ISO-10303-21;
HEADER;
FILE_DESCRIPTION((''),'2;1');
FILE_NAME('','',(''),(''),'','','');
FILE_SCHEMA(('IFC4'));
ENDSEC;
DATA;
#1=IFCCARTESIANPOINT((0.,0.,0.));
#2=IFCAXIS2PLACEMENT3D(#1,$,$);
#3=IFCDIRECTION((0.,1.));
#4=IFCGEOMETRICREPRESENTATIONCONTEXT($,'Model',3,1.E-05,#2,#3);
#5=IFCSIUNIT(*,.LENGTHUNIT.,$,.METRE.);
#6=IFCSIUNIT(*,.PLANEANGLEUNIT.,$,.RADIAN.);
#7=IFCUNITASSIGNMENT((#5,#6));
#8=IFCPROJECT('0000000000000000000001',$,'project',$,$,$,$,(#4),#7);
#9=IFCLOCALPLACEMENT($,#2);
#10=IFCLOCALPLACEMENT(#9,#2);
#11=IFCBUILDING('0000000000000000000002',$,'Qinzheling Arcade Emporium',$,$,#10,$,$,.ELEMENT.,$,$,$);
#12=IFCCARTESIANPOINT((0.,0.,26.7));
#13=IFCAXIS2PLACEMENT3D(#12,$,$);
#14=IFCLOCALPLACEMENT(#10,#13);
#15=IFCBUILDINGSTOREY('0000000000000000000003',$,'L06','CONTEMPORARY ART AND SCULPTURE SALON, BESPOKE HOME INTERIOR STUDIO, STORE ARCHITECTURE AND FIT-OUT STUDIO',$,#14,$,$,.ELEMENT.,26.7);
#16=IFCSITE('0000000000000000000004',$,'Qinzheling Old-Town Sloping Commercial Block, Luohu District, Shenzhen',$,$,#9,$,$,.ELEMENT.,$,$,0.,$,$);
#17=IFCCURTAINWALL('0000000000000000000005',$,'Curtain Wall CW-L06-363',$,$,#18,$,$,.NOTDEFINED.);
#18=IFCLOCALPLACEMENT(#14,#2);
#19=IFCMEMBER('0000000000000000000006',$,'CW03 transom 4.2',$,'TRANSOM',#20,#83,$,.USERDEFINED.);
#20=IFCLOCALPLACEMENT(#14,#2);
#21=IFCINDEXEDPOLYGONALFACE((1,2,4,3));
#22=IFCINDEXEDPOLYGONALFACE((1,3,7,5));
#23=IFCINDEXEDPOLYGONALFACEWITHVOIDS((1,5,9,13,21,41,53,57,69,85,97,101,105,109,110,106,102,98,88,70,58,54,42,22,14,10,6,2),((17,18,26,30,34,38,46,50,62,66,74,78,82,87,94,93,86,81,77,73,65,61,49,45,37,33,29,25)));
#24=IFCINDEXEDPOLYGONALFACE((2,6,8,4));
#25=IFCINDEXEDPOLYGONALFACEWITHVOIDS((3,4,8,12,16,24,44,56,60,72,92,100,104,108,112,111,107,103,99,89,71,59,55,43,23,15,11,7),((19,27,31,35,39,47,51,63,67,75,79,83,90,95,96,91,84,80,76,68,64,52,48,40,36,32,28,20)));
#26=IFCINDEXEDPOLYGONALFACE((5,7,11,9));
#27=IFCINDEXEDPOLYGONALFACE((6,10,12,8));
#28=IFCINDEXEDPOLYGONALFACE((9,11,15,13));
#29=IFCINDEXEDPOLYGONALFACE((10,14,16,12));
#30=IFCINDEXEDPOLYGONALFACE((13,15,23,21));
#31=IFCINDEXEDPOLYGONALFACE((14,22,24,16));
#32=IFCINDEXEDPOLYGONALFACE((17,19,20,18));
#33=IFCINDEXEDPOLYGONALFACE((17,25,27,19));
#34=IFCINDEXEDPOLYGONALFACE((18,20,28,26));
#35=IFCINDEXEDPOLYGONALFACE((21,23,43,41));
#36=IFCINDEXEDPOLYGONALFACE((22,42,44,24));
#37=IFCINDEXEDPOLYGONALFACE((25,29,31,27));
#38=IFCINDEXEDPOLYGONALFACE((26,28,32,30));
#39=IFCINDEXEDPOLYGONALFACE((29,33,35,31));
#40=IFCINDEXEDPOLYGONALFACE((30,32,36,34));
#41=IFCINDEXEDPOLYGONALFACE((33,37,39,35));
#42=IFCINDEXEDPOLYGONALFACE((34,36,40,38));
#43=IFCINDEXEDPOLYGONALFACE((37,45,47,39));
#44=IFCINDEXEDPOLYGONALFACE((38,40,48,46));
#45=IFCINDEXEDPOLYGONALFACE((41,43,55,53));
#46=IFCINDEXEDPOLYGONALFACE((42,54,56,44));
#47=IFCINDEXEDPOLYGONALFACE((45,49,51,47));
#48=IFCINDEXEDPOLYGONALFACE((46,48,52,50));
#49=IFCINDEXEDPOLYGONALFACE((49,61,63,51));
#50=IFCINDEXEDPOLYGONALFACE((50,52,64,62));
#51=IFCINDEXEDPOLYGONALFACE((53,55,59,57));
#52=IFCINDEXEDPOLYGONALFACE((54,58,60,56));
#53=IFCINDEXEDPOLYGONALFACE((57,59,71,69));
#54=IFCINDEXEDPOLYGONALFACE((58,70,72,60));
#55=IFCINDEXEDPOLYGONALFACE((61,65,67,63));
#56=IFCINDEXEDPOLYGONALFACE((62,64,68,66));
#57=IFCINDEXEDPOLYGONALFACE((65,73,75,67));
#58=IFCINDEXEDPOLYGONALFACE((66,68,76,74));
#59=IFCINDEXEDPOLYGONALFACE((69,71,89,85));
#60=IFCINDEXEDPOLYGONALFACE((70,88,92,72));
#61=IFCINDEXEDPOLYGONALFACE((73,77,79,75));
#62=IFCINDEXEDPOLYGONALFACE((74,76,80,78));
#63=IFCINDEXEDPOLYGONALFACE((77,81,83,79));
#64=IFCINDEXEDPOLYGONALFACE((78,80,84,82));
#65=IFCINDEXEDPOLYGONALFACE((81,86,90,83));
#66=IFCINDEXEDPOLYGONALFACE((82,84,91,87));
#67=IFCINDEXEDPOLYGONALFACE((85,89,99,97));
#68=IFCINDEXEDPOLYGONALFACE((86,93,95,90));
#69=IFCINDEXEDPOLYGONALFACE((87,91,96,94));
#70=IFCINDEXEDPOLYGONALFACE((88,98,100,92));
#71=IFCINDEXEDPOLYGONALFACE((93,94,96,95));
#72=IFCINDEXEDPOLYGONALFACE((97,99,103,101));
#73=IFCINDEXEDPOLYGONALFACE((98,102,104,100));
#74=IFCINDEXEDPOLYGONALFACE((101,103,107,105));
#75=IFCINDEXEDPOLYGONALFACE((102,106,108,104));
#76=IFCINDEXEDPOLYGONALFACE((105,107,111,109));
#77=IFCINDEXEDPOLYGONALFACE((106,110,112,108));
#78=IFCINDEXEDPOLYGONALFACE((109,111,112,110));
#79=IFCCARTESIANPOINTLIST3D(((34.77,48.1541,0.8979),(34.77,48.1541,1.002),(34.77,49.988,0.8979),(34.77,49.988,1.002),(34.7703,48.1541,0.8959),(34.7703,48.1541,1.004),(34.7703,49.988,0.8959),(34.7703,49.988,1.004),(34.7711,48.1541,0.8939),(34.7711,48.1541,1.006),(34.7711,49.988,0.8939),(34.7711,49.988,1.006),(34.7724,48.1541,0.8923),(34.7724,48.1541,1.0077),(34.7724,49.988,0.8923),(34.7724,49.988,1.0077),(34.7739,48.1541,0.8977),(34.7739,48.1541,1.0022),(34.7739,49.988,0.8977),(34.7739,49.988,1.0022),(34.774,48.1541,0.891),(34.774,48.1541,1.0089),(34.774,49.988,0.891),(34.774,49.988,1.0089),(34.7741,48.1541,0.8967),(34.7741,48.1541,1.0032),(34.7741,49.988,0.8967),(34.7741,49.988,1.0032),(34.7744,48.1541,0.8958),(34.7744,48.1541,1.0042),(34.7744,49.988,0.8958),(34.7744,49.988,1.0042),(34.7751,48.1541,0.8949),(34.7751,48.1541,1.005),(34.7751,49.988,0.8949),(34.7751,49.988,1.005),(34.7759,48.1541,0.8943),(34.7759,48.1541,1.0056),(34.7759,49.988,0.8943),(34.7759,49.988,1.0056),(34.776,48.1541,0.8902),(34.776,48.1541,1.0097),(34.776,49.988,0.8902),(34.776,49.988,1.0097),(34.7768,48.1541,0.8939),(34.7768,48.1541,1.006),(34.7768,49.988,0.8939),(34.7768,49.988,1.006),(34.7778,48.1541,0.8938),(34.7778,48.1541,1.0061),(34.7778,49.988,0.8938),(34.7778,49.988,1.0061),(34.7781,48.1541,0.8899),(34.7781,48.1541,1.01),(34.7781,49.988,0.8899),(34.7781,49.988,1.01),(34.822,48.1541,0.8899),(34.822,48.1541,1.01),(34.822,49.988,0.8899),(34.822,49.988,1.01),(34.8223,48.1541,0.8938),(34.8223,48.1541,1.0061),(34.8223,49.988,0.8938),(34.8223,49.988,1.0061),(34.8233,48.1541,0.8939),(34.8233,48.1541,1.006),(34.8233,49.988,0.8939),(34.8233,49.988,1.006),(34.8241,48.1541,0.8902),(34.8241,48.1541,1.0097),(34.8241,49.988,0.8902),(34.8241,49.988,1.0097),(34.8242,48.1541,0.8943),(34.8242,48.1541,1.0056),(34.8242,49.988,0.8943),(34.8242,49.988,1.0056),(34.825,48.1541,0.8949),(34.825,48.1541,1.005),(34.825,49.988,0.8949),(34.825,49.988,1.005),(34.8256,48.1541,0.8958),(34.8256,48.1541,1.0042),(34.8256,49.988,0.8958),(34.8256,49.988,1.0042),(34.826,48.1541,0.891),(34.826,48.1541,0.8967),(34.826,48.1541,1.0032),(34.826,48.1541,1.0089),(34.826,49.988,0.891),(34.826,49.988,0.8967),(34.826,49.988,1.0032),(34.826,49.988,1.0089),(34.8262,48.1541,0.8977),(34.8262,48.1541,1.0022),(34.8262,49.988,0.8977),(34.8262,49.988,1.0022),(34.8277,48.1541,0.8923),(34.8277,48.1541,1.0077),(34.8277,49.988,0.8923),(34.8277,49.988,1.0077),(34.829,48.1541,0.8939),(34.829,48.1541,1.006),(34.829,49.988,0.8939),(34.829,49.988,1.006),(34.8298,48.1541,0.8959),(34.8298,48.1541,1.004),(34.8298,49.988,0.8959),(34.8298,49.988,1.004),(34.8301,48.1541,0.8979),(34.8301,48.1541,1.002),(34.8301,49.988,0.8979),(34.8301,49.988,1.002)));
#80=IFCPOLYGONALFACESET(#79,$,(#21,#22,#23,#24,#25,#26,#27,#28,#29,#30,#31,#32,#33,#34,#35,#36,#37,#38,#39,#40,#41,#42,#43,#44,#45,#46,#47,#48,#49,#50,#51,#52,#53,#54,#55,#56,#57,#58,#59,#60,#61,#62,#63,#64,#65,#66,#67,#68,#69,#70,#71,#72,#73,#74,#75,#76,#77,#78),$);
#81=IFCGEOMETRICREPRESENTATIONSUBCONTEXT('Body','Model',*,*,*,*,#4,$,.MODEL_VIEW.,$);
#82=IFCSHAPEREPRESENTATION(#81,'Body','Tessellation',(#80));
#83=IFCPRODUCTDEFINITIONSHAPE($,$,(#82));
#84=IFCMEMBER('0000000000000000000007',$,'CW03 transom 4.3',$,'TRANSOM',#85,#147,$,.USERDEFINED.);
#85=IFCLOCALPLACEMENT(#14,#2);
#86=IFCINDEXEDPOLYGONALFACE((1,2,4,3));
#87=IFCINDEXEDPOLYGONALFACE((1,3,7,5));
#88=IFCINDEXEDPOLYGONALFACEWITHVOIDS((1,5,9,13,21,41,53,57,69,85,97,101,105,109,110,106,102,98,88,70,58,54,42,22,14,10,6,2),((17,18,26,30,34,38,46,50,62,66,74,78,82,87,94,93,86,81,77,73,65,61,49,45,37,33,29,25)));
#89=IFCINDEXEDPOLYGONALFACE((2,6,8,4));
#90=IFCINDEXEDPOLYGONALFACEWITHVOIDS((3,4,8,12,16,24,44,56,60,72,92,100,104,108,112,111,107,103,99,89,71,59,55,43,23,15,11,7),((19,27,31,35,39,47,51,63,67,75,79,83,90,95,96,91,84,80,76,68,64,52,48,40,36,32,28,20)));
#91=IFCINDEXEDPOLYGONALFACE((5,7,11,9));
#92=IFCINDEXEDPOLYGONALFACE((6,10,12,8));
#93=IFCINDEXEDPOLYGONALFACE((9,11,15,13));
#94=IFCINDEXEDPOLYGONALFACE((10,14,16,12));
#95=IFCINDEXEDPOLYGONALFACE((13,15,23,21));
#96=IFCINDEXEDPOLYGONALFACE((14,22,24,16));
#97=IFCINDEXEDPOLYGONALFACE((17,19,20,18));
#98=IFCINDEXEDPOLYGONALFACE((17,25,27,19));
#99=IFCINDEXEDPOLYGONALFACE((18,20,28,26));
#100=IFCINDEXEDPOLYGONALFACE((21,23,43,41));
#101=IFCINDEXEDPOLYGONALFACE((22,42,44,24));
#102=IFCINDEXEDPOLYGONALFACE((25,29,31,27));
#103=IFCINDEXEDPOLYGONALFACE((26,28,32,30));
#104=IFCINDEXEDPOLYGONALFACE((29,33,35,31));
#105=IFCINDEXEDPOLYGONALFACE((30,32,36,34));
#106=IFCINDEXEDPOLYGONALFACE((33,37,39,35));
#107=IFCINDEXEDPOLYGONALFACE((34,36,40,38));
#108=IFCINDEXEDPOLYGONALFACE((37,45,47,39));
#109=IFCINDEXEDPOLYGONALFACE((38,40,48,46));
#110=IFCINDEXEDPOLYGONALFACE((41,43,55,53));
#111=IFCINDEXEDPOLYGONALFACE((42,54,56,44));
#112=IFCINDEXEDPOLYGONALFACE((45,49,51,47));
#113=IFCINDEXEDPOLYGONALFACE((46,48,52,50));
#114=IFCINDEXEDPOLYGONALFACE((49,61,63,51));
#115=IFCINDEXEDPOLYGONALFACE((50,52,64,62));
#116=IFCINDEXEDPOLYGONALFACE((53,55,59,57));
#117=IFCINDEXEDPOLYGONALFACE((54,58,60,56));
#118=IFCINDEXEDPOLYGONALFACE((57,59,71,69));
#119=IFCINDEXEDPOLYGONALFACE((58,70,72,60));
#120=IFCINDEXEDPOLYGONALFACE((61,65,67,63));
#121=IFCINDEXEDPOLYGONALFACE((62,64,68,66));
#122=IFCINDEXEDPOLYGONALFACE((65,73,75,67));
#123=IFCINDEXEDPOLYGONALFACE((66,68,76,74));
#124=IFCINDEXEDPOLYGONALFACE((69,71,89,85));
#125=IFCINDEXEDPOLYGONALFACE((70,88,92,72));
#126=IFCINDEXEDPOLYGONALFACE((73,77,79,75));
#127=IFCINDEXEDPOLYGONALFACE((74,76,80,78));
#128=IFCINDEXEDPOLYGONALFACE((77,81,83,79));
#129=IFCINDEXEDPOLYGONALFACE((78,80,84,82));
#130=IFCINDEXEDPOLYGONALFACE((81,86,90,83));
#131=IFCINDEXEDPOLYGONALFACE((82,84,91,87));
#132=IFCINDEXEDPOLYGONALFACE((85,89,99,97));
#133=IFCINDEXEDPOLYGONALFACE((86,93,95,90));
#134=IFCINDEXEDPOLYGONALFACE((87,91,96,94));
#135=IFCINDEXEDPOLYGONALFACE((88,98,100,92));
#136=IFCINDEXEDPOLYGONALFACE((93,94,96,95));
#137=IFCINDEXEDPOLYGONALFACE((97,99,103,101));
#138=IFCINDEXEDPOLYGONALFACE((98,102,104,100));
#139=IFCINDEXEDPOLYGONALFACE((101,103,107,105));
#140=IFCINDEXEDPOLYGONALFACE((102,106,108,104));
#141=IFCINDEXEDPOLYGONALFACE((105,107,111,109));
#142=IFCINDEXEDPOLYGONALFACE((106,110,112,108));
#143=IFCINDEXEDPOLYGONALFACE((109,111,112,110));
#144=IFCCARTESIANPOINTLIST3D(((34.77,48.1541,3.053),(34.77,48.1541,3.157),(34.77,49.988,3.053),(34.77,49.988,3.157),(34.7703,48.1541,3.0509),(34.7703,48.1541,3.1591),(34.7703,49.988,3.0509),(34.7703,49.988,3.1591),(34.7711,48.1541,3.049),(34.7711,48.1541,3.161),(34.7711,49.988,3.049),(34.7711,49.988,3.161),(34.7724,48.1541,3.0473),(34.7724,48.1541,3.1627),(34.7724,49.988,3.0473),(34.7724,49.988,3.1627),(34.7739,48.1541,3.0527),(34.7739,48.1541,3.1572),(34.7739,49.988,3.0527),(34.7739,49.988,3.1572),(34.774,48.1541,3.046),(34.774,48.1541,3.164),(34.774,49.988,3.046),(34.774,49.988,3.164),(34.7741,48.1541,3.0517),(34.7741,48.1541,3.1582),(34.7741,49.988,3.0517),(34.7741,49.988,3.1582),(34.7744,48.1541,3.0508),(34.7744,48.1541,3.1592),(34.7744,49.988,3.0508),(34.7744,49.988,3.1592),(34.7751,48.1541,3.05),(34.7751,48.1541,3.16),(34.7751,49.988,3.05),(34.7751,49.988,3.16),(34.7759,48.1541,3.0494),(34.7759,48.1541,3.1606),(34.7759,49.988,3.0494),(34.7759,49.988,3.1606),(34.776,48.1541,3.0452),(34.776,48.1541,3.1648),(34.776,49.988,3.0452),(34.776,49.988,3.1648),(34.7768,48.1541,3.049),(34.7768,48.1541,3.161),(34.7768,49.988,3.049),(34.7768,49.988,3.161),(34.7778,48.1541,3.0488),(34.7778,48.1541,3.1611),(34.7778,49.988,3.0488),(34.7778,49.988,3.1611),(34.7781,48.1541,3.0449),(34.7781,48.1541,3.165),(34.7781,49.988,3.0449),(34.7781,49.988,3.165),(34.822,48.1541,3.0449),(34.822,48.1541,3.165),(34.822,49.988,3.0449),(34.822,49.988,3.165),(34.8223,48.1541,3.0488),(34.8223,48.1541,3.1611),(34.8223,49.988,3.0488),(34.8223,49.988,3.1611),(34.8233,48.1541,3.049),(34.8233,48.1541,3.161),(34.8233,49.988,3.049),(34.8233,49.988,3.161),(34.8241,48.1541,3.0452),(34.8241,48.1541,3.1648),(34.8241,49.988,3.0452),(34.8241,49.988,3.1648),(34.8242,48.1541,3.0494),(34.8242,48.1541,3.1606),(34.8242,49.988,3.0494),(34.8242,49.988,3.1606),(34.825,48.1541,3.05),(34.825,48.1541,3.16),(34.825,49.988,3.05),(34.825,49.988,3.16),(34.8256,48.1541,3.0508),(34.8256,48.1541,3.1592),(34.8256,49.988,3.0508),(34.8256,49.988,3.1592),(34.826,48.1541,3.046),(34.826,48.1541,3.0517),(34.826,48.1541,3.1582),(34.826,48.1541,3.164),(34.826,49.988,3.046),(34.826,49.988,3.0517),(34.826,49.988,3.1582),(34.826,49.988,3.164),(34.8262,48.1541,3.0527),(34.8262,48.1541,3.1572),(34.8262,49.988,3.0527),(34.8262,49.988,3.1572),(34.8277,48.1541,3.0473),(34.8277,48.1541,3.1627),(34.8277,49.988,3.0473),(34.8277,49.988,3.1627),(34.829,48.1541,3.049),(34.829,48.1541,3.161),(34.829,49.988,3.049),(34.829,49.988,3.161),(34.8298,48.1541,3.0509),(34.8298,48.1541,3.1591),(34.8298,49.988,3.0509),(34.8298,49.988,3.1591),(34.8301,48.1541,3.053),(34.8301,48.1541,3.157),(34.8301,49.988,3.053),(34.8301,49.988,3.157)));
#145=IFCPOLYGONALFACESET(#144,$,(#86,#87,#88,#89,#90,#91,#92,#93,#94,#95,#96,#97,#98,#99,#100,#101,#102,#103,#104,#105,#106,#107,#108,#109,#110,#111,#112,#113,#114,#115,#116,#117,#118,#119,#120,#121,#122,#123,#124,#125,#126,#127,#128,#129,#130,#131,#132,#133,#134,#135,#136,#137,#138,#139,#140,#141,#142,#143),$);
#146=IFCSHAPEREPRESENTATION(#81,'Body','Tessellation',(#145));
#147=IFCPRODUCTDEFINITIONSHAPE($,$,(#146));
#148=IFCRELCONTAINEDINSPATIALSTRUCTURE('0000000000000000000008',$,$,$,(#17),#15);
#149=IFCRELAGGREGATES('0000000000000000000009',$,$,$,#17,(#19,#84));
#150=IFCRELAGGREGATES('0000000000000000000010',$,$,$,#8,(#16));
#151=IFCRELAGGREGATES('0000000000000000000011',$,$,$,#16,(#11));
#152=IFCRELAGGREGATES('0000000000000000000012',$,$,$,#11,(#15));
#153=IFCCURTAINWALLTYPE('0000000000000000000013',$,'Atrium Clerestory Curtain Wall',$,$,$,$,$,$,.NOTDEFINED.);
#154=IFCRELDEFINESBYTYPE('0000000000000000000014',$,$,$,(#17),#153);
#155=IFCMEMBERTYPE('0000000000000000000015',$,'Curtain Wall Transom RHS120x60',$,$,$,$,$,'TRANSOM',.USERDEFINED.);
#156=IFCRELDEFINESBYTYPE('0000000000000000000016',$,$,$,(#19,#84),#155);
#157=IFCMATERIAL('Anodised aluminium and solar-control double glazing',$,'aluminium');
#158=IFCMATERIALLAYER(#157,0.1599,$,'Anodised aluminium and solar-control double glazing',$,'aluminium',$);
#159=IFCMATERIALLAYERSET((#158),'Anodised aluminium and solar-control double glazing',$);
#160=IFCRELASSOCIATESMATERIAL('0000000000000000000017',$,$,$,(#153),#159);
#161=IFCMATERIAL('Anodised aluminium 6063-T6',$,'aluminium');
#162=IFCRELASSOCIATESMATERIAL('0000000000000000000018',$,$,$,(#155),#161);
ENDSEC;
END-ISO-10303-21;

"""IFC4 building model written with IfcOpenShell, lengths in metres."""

from ifc_helpers import new_model, si_unit, direction, frame, origin, origin_2d, place, context, subcontext, project, spatial, hollow_rectangle, extrude, material, layer, layer_set, material_profile, profile_set, type_object, element, aggregate, save


model = new_model("IFC4")

# Units and contexts
model_context = context("Model", 3, precision=1e-05, world=origin(), true_north=direction((0.0, 1.0)))
body_context = subcontext(model_context, "Body", "Model", "MODEL_VIEW")
ifc_project = project(units=[si_unit("LENGTHUNIT", "METRE"), si_unit("PLANEANGLEUNIT", "RADIAN")], contexts=[model_context])

# Site, building, storey
site_placement = place(None, origin())
site = spatial("IfcSite", under=ifc_project, at=site_placement, Name="Qinzheling Old-Town Sloping Commercial Block, Luohu District, Shenzhen", CompositionType="ELEMENT", RefElevation=0.0)
building_placement = place(site_placement, origin())
building = spatial("IfcBuilding", under=site, at=building_placement, Name="Qinzheling Arcade Emporium", CompositionType="ELEMENT")
storey_placement = place(building_placement, frame((0.0, 0.0, 26.7)))
storey = spatial("IfcBuildingStorey", under=building, at=storey_placement, Name="L06", Description="CONTEMPORARY ART AND SCULPTURE SALON, BESPOKE HOME INTERIOR STUDIO, STORE ARCHITECTURE AND FIT-OUT STUDIO", CompositionType="ELEMENT", Elevation=26.7)

# Curtain wall, members
ifc_material_1 = material(Name="Anodised aluminium and solar-control double glazing", Category="aluminium")
ifc_layer_1 = layer(ifc_material_1, 0.1599, Name="Anodised aluminium and solar-control double glazing", Category="aluminium")
ifc_layer_set_1 = layer_set([ifc_layer_1], Name="Anodised aluminium and solar-control double glazing")
curtain_wall_type = type_object("IfcCurtainWallType", Name="Atrium Clerestory Curtain Wall", PredefinedType="NOTDEFINED", material=ifc_layer_set_1)
curtain_wall_placement = place(storey_placement, origin())
curtain_wall = element("IfcCurtainWall", 1, at=curtain_wall_placement, inside=storey, type_object=curtain_wall_type, Name="Curtain Wall CW-L06-363", PredefinedType="NOTDEFINED")
ifc_material_2 = material(Name="Anodised aluminium 6063-T6", Category="aluminium")
ifc_material_profile_1 = material_profile(ifc_material_2, hollow_rectangle(XDim=0.0601, YDim=0.1201, WallThickness=0.0039, InnerFilletRadius=0.0039, OuterFilletRadius=0.0081, at=origin_2d()), Name="RHS 120x60x4", Category="aluminium")
ifc_profile_set_1 = profile_set([ifc_material_profile_1], Name="Anodised aluminium 6063-T6")
member_type_1 = type_object("IfcMemberType", Name="Curtain Wall Transom RHS120x60", ElementType="TRANSOM", PredefinedType="USERDEFINED", material=ifc_profile_set_1)
member_1_placement = place(storey_placement, frame((34.8, 48.1541, 0.95), z_axis=(0.0, 1.0, 0.0), x_axis=(-1.0, 0.0, 0.0)))
member_1 = element("IfcMember", 2, at=member_1_placement, type_object=member_type_1, Name="CW03 transom 4.2", ObjectType="TRANSOM", PredefinedType="USERDEFINED", context=body_context, shape_type="SweptSolid", body=[
    extrude(hollow_rectangle(XDim=0.0601, YDim=0.1201, WallThickness=0.0039, InnerFilletRadius=0.0039, OuterFilletRadius=0.0081, at=origin_2d()), origin(), (0.0, 0.0, 1.0), 1.834),
])
member_2_placement = place(storey_placement, frame((34.8, 48.1541, 3.105), z_axis=(0.0, 1.0, 0.0), x_axis=(-1.0, 0.0, 0.0)))
member_2 = element("IfcMember", 3, at=member_2_placement, type_object=member_type_1, Name="CW03 transom 4.3", ObjectType="TRANSOM", PredefinedType="USERDEFINED", context=body_context, shape_type="SweptSolid", body=[
    extrude(hollow_rectangle(XDim=0.0601, YDim=0.1201, WallThickness=0.0039, InnerFilletRadius=0.0039, OuterFilletRadius=0.0081, at=origin_2d()), origin(), (0.0, 0.0, 1.0), 1.834),
])
aggregate(curtain_wall, [member_1, member_2])

save(model, "model.ifc")
